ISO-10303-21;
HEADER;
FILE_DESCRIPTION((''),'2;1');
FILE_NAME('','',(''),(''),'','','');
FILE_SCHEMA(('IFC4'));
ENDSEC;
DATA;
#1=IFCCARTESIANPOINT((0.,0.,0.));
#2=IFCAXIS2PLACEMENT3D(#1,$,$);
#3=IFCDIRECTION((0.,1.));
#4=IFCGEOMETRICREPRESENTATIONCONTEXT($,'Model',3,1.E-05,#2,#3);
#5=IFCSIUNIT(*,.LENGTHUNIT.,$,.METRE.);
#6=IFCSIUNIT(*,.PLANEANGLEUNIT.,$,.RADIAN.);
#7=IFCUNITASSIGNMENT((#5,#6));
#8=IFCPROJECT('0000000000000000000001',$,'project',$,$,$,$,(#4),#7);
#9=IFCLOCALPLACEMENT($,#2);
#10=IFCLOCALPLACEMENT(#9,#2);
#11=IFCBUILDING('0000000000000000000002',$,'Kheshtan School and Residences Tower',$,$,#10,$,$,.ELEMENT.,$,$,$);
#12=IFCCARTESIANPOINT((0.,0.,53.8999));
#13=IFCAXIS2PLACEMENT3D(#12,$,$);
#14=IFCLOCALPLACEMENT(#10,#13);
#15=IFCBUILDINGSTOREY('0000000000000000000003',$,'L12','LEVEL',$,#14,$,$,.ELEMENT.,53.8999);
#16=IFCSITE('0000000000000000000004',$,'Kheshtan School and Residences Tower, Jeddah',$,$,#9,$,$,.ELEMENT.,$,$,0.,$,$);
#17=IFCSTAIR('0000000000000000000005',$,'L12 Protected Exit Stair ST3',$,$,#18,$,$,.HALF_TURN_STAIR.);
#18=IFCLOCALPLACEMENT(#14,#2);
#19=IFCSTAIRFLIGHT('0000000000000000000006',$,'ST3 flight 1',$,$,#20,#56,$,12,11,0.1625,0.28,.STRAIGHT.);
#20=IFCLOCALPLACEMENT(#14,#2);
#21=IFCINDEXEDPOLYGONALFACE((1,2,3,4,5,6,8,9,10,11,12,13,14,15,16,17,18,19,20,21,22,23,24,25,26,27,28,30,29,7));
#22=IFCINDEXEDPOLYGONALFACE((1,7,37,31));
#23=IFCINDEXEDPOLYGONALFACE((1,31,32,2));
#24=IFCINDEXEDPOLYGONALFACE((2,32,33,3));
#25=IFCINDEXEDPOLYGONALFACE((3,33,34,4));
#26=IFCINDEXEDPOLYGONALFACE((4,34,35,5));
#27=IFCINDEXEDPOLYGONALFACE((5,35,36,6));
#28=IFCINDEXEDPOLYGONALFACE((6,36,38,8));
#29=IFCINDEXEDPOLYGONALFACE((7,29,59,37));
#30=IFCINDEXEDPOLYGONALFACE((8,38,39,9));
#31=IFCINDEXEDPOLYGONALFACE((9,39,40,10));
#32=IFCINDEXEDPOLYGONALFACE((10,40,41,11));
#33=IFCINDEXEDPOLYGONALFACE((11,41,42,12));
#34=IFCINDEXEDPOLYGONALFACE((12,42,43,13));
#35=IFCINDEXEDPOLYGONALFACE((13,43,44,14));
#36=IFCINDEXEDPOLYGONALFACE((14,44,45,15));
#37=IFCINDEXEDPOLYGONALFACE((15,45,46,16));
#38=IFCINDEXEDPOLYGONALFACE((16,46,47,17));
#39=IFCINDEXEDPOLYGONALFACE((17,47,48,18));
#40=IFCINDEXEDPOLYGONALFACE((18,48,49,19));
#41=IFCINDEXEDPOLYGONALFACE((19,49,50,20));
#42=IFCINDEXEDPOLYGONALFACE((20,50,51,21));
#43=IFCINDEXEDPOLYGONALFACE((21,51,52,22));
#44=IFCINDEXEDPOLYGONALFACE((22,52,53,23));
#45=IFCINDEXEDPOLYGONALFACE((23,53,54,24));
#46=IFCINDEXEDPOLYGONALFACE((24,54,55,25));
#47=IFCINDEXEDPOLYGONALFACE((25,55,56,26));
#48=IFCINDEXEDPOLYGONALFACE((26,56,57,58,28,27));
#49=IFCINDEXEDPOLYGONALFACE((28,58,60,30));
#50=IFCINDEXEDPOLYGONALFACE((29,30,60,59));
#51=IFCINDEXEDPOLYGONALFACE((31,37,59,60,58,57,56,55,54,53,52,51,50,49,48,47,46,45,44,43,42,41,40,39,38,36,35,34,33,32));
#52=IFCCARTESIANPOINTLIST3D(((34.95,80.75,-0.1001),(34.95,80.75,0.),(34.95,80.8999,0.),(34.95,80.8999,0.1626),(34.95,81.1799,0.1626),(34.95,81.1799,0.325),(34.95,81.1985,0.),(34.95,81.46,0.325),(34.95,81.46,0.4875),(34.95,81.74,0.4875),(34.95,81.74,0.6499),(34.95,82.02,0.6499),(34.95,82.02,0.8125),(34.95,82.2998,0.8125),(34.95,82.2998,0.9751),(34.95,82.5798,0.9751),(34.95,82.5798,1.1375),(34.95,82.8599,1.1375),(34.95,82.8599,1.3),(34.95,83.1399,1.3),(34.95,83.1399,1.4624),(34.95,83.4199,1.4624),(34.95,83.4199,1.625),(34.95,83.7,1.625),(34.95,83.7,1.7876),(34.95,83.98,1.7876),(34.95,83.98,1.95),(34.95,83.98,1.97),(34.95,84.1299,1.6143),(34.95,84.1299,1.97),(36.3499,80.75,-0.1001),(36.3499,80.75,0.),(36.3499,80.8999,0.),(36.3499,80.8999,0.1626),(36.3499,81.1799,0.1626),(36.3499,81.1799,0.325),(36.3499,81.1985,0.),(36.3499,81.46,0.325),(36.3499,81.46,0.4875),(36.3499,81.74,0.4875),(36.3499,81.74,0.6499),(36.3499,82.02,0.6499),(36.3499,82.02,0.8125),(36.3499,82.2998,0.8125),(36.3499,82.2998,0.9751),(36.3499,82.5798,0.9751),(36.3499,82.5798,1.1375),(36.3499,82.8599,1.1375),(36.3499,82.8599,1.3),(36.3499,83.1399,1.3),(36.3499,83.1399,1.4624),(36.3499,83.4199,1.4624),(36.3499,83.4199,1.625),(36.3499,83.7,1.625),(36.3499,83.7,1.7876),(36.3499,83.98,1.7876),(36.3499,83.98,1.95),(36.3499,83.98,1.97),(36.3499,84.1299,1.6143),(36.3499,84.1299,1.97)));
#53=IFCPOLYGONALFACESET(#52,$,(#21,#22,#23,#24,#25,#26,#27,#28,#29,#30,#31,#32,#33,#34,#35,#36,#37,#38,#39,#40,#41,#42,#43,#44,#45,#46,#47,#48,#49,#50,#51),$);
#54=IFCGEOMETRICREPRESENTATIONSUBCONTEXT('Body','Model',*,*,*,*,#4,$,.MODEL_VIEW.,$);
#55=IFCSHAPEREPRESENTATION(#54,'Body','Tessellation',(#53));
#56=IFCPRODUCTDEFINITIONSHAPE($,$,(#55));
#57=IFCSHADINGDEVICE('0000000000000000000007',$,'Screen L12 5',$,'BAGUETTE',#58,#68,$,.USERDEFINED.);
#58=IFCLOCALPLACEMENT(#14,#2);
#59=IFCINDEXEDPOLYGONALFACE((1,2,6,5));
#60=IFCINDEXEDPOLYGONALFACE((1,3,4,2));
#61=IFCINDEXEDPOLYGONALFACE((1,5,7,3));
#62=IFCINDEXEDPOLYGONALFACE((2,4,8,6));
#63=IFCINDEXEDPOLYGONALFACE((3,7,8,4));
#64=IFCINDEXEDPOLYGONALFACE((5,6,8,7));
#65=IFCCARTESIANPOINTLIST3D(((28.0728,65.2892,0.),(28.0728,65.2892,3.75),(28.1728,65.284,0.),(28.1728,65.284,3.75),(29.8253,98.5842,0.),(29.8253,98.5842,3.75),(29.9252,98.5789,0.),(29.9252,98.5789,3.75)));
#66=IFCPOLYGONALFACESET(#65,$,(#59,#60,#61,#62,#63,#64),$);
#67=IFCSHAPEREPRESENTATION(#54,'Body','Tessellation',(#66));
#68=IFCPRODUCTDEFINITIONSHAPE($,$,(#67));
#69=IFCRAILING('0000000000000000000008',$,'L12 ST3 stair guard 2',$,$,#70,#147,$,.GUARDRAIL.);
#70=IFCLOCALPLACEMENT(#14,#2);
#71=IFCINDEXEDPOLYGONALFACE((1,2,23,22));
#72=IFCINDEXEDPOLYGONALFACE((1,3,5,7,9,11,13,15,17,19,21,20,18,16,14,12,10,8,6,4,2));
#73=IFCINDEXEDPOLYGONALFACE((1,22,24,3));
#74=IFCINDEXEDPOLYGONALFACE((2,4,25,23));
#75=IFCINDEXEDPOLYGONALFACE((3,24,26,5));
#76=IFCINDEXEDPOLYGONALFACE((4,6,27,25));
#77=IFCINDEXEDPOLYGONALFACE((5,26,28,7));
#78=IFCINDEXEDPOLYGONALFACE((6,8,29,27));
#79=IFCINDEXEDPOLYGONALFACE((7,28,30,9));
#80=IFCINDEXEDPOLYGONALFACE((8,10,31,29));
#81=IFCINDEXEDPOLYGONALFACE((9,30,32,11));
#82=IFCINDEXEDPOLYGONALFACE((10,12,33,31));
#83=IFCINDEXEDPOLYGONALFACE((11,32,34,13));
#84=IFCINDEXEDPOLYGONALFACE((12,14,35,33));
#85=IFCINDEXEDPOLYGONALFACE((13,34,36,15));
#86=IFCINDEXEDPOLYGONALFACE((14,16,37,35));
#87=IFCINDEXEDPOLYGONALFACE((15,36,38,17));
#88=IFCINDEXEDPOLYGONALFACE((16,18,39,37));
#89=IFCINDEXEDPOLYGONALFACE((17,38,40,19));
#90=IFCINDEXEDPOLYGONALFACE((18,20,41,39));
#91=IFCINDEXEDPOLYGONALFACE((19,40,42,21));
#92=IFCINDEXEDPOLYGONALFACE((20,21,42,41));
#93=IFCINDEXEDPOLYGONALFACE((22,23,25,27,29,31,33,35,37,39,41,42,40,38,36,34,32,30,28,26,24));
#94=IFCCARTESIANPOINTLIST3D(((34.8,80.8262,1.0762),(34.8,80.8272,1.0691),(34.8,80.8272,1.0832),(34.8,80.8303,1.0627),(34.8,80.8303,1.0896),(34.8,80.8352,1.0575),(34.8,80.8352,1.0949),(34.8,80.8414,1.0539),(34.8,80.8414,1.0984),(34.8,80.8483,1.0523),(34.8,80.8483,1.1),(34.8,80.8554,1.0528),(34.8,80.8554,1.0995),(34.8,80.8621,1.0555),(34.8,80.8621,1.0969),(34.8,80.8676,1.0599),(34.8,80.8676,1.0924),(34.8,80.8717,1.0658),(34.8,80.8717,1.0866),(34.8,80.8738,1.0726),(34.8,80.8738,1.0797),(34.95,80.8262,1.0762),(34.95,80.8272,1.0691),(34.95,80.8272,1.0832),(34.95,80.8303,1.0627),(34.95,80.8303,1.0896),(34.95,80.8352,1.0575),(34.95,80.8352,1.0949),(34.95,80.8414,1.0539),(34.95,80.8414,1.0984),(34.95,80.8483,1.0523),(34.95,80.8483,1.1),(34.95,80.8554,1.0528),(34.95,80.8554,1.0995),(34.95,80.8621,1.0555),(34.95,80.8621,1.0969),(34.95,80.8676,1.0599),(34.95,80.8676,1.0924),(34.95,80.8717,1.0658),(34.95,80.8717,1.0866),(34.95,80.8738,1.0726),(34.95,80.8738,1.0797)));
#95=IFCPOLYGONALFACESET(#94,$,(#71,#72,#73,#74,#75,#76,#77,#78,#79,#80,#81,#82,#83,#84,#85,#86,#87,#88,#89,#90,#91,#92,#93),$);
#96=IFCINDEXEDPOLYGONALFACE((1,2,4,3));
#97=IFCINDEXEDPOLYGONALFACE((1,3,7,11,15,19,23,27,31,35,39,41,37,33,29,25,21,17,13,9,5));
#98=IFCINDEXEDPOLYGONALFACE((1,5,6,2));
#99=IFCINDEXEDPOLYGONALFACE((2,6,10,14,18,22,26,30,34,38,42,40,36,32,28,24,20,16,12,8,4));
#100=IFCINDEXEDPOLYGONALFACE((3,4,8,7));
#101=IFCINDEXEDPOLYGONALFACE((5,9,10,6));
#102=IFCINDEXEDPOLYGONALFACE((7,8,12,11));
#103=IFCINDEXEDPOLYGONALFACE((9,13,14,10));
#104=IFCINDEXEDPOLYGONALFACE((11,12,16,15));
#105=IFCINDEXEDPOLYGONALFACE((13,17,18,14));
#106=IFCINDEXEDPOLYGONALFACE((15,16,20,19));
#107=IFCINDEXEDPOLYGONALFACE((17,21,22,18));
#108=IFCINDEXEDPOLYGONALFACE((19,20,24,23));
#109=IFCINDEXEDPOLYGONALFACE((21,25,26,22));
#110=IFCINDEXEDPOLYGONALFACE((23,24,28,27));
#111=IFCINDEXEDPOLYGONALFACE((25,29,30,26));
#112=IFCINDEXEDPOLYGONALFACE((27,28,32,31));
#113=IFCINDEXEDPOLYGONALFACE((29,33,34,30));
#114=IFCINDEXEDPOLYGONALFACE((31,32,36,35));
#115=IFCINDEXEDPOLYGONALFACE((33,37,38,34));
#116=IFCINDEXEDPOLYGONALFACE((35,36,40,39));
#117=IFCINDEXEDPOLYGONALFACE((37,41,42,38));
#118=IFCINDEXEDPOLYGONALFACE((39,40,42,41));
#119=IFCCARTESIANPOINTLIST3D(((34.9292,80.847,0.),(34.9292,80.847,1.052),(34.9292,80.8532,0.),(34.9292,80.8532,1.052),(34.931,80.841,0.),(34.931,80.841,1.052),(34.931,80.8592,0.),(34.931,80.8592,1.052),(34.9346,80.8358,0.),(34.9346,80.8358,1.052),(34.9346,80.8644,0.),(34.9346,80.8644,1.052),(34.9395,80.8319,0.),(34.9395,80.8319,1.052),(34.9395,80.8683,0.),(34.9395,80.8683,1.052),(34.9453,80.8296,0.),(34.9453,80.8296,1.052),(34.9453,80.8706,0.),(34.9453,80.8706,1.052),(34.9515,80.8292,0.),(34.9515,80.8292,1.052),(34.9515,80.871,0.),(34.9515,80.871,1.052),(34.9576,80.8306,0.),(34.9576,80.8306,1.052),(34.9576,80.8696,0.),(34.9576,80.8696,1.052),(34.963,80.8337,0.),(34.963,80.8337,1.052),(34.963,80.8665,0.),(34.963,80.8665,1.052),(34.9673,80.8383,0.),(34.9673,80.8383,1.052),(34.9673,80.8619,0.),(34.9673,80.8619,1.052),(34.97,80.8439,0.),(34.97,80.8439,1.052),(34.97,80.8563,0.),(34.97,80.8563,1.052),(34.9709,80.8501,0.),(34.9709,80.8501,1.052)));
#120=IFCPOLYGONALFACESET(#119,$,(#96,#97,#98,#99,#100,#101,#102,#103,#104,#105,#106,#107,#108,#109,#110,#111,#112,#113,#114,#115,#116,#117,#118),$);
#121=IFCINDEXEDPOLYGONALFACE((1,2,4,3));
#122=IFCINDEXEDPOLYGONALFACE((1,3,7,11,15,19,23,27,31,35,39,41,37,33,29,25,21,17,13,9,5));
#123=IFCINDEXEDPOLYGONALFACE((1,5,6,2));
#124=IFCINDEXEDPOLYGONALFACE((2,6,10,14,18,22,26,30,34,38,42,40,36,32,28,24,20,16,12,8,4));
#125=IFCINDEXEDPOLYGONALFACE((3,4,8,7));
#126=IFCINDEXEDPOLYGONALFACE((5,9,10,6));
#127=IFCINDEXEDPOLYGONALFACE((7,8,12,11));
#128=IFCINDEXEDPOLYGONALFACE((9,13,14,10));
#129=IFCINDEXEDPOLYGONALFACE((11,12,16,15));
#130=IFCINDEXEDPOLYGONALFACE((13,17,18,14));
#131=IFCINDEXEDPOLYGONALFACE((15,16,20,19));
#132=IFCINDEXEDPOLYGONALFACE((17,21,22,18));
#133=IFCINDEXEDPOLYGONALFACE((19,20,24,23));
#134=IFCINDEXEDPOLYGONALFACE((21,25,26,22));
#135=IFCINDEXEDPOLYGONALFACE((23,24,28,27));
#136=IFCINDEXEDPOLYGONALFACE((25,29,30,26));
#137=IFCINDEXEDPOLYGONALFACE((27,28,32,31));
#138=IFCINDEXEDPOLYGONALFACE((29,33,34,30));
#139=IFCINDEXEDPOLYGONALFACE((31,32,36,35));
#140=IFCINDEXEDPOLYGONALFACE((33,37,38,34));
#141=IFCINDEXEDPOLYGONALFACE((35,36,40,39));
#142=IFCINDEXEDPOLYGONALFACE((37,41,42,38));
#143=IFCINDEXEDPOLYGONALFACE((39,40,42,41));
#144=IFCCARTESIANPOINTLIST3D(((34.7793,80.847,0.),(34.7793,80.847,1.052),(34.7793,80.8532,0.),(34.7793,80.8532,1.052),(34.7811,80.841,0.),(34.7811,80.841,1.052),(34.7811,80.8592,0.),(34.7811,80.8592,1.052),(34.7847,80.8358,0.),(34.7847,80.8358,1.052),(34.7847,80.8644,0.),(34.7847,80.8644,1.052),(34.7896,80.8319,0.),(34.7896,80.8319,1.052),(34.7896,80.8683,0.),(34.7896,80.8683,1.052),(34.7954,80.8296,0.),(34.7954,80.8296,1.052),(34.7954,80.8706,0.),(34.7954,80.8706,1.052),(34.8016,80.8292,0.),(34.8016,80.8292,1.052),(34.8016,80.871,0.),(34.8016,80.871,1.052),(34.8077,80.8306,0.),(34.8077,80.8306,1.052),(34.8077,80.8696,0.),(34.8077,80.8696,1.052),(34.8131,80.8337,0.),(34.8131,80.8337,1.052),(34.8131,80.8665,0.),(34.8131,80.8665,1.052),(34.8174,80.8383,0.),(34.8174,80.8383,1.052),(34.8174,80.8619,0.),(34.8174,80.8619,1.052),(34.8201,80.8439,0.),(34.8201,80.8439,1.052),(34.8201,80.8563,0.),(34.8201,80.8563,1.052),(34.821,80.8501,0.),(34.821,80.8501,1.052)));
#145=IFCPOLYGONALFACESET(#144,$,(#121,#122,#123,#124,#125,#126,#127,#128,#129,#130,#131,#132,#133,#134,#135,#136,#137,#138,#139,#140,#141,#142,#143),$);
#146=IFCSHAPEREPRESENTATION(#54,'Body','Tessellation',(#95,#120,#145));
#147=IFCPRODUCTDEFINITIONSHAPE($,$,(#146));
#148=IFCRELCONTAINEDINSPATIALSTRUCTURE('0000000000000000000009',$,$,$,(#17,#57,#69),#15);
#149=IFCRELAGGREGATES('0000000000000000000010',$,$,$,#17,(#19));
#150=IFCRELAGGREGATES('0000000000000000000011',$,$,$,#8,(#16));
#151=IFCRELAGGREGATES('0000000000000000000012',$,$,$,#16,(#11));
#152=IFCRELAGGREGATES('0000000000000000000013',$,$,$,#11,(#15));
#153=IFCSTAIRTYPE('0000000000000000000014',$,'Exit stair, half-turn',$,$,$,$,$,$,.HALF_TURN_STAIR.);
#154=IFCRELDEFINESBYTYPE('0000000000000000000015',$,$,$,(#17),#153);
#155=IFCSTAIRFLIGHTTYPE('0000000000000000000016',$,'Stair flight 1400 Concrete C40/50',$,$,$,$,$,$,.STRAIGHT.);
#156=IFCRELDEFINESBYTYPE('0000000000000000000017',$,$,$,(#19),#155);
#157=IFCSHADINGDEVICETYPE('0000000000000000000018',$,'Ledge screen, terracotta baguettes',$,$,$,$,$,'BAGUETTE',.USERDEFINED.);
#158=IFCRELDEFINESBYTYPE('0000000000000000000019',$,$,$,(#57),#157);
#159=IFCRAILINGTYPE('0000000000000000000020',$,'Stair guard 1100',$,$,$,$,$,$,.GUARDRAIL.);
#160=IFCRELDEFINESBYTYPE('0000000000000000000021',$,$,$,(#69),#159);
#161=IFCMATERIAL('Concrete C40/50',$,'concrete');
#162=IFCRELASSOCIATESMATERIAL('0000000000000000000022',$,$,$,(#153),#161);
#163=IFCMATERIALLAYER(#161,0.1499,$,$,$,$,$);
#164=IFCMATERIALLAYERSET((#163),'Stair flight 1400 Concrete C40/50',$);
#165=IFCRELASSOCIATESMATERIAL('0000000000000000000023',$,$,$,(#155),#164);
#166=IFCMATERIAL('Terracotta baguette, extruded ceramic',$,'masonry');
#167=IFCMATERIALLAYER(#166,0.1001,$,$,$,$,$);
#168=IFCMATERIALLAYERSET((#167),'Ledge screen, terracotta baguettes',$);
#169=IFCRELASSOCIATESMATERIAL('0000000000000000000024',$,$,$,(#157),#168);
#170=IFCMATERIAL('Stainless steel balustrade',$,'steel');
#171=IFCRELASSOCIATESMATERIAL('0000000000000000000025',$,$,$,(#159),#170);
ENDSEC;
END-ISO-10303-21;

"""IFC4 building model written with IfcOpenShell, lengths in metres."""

from ifc_helpers import new_model, si_unit, direction, frame, origin, origin_2d, place, context, subcontext, project, spatial, polyline, rectangle, circle, outline, extrude, material, layer, layer_set, type_object, element, aggregate, save


model = new_model("IFC4")

# Units and contexts
model_context = context("Model", 3, precision=1e-05, world=origin(), true_north=direction((0.0, 1.0)))
body_context = subcontext(model_context, "Body", "Model", "MODEL_VIEW")
ifc_project = project(units=[si_unit("LENGTHUNIT", "METRE"), si_unit("PLANEANGLEUNIT", "RADIAN")], contexts=[model_context])

# Site, building, storey
site_placement = place(None, origin())
site = spatial("IfcSite", under=ifc_project, at=site_placement, Name="Kheshtan School and Residences Tower, Jeddah", CompositionType="ELEMENT", RefElevation=0.0)
building_placement = place(site_placement, origin())
building = spatial("IfcBuilding", under=site, at=building_placement, Name="Kheshtan School and Residences Tower", CompositionType="ELEMENT")
storey_placement = place(building_placement, frame((0.0, 0.0, 53.8999)))
storey = spatial("IfcBuildingStorey", under=building, at=storey_placement, Name="L12", Description="LEVEL", CompositionType="ELEMENT", Elevation=53.8999)

# Shared definitions
ifc_material_1 = material(Name="Concrete C40/50", Category="concrete")

# Stair, stair flight
stair_type = type_object("IfcStairType", Name="Exit stair, half-turn", PredefinedType="HALF_TURN_STAIR", material=ifc_material_1)
stair_placement = place(storey_placement, origin())
stair = element("IfcStair", 1, at=stair_placement, inside=storey, type_object=stair_type, Name="L12 Protected Exit Stair ST3", PredefinedType="HALF_TURN_STAIR")
ifc_layer_1 = layer(ifc_material_1, 0.1499)
ifc_layer_set_1 = layer_set([ifc_layer_1], Name="Stair flight 1400 Concrete C40/50")
stair_flight_type = type_object("IfcStairFlightType", Name="Stair flight 1400 Concrete C40/50", PredefinedType="STRAIGHT", material=ifc_layer_set_1)
stair_flight_placement = place(storey_placement, frame((35.6499, 80.8999, 0.0), z_axis=(0.0, 0.0, 1.0), x_axis=(0.0, 1.0, 0.0)))
stair_flight = element("IfcStairFlight", 2, at=stair_flight_placement, type_object=stair_flight_type, Name="ST3 flight 1", NumberOfRisers=12, NumberOfTreads=11, PredefinedType="STRAIGHT", RiserHeight=0.1625, TreadLength=0.28, context=body_context, shape_type="SweptSolid", body=[
    extrude(outline(polyline([(-0.1499, -0.1001), (-0.1499, 0.0), (0.0, 0.0), (0.0, 0.1626), (0.28, 0.1626), (0.28, 0.325), (0.5601, 0.325), (0.5601, 0.4875), (0.8401, 0.4875), (0.8401, 0.6499), (1.1201, 0.6499), (1.1201, 0.8125), (1.3999, 0.8125), (1.3999, 0.9751), (1.6799, 0.9751), (1.6799, 1.1375), (1.96, 1.1375), (1.96, 1.3), (2.24, 1.3), (2.24, 1.4624), (2.52, 1.4624), (2.52, 1.625), (2.8, 1.625), (2.8, 1.7876), (3.0801, 1.7876), (3.0801, 1.95), (3.0801, 1.97), (3.23, 1.97), (3.23, 1.6143), (0.2986, 0.0), (-0.1499, -0.1001)])), frame((0.0, 0.7, 0.0), z_axis=(0.0, -1.0, 0.0), x_axis=(1.0, 0.0, 0.0)), (0.0, 0.0, 1.0), 1.3999),
])
aggregate(stair, [stair_flight])

# Shading device
ifc_material_2 = material(Name="Terracotta baguette, extruded ceramic", Category="masonry")
ifc_layer_2 = layer(ifc_material_2, 0.1001)
ifc_layer_set_2 = layer_set([ifc_layer_2], Name="Ledge screen, terracotta baguettes")
shading_device_type = type_object("IfcShadingDeviceType", Name="Ledge screen, terracotta baguettes", ElementType="BAGUETTE", PredefinedType="USERDEFINED", material=ifc_layer_set_2)
shading_device_placement = place(storey_placement, frame((28.999, 81.9341, 0.0), z_axis=(0.0, 0.0, 1.0), x_axis=(0.052563, 0.998618, 0.0)))
element("IfcShadingDevice", 3, at=shading_device_placement, inside=storey, type_object=shading_device_type, Name="Screen L12 5", ObjectType="BAGUETTE", PredefinedType="USERDEFINED", context=body_context, shape_type="SweptSolid", body=[
    extrude(rectangle(XDim=33.3411, YDim=0.1001, at=origin_2d()), origin(), (0.0, 0.0, 1.0), 3.75),
])

# Railing
ifc_material_3 = material(Name="Stainless steel balustrade", Category="steel")
railing_type_1 = type_object("IfcRailingType", Name="Stair guard 1100", PredefinedType="GUARDRAIL", material=ifc_material_3)
railing_1_placement = place(storey_placement, frame((34.95, 80.8501, 0.0)))
element("IfcRailing", 4, at=railing_1_placement, inside=storey, type_object=railing_type_1, Name="L12 ST3 stair guard 2", PredefinedType="GUARDRAIL", context=body_context, shape_type="SweptSolid", body=[
    extrude(circle(Radius=0.0239, at=origin_2d()), frame((0.0, 0.0, 1.0762), z_axis=(-1.0, 0.0, 0.0), x_axis=(0.0, -1.0, 0.0)), (0.0, 0.0, 1.0), 0.1499),
    extrude(circle(Radius=0.021, at=origin_2d()), origin(), (0.0, 0.0, 1.0), 1.052),
    extrude(circle(Radius=0.021, at=origin_2d()), frame((-0.1499, 0.0, 0.0)), (0.0, 0.0, 1.0), 1.052),
])

save(model, "model.ifc")
